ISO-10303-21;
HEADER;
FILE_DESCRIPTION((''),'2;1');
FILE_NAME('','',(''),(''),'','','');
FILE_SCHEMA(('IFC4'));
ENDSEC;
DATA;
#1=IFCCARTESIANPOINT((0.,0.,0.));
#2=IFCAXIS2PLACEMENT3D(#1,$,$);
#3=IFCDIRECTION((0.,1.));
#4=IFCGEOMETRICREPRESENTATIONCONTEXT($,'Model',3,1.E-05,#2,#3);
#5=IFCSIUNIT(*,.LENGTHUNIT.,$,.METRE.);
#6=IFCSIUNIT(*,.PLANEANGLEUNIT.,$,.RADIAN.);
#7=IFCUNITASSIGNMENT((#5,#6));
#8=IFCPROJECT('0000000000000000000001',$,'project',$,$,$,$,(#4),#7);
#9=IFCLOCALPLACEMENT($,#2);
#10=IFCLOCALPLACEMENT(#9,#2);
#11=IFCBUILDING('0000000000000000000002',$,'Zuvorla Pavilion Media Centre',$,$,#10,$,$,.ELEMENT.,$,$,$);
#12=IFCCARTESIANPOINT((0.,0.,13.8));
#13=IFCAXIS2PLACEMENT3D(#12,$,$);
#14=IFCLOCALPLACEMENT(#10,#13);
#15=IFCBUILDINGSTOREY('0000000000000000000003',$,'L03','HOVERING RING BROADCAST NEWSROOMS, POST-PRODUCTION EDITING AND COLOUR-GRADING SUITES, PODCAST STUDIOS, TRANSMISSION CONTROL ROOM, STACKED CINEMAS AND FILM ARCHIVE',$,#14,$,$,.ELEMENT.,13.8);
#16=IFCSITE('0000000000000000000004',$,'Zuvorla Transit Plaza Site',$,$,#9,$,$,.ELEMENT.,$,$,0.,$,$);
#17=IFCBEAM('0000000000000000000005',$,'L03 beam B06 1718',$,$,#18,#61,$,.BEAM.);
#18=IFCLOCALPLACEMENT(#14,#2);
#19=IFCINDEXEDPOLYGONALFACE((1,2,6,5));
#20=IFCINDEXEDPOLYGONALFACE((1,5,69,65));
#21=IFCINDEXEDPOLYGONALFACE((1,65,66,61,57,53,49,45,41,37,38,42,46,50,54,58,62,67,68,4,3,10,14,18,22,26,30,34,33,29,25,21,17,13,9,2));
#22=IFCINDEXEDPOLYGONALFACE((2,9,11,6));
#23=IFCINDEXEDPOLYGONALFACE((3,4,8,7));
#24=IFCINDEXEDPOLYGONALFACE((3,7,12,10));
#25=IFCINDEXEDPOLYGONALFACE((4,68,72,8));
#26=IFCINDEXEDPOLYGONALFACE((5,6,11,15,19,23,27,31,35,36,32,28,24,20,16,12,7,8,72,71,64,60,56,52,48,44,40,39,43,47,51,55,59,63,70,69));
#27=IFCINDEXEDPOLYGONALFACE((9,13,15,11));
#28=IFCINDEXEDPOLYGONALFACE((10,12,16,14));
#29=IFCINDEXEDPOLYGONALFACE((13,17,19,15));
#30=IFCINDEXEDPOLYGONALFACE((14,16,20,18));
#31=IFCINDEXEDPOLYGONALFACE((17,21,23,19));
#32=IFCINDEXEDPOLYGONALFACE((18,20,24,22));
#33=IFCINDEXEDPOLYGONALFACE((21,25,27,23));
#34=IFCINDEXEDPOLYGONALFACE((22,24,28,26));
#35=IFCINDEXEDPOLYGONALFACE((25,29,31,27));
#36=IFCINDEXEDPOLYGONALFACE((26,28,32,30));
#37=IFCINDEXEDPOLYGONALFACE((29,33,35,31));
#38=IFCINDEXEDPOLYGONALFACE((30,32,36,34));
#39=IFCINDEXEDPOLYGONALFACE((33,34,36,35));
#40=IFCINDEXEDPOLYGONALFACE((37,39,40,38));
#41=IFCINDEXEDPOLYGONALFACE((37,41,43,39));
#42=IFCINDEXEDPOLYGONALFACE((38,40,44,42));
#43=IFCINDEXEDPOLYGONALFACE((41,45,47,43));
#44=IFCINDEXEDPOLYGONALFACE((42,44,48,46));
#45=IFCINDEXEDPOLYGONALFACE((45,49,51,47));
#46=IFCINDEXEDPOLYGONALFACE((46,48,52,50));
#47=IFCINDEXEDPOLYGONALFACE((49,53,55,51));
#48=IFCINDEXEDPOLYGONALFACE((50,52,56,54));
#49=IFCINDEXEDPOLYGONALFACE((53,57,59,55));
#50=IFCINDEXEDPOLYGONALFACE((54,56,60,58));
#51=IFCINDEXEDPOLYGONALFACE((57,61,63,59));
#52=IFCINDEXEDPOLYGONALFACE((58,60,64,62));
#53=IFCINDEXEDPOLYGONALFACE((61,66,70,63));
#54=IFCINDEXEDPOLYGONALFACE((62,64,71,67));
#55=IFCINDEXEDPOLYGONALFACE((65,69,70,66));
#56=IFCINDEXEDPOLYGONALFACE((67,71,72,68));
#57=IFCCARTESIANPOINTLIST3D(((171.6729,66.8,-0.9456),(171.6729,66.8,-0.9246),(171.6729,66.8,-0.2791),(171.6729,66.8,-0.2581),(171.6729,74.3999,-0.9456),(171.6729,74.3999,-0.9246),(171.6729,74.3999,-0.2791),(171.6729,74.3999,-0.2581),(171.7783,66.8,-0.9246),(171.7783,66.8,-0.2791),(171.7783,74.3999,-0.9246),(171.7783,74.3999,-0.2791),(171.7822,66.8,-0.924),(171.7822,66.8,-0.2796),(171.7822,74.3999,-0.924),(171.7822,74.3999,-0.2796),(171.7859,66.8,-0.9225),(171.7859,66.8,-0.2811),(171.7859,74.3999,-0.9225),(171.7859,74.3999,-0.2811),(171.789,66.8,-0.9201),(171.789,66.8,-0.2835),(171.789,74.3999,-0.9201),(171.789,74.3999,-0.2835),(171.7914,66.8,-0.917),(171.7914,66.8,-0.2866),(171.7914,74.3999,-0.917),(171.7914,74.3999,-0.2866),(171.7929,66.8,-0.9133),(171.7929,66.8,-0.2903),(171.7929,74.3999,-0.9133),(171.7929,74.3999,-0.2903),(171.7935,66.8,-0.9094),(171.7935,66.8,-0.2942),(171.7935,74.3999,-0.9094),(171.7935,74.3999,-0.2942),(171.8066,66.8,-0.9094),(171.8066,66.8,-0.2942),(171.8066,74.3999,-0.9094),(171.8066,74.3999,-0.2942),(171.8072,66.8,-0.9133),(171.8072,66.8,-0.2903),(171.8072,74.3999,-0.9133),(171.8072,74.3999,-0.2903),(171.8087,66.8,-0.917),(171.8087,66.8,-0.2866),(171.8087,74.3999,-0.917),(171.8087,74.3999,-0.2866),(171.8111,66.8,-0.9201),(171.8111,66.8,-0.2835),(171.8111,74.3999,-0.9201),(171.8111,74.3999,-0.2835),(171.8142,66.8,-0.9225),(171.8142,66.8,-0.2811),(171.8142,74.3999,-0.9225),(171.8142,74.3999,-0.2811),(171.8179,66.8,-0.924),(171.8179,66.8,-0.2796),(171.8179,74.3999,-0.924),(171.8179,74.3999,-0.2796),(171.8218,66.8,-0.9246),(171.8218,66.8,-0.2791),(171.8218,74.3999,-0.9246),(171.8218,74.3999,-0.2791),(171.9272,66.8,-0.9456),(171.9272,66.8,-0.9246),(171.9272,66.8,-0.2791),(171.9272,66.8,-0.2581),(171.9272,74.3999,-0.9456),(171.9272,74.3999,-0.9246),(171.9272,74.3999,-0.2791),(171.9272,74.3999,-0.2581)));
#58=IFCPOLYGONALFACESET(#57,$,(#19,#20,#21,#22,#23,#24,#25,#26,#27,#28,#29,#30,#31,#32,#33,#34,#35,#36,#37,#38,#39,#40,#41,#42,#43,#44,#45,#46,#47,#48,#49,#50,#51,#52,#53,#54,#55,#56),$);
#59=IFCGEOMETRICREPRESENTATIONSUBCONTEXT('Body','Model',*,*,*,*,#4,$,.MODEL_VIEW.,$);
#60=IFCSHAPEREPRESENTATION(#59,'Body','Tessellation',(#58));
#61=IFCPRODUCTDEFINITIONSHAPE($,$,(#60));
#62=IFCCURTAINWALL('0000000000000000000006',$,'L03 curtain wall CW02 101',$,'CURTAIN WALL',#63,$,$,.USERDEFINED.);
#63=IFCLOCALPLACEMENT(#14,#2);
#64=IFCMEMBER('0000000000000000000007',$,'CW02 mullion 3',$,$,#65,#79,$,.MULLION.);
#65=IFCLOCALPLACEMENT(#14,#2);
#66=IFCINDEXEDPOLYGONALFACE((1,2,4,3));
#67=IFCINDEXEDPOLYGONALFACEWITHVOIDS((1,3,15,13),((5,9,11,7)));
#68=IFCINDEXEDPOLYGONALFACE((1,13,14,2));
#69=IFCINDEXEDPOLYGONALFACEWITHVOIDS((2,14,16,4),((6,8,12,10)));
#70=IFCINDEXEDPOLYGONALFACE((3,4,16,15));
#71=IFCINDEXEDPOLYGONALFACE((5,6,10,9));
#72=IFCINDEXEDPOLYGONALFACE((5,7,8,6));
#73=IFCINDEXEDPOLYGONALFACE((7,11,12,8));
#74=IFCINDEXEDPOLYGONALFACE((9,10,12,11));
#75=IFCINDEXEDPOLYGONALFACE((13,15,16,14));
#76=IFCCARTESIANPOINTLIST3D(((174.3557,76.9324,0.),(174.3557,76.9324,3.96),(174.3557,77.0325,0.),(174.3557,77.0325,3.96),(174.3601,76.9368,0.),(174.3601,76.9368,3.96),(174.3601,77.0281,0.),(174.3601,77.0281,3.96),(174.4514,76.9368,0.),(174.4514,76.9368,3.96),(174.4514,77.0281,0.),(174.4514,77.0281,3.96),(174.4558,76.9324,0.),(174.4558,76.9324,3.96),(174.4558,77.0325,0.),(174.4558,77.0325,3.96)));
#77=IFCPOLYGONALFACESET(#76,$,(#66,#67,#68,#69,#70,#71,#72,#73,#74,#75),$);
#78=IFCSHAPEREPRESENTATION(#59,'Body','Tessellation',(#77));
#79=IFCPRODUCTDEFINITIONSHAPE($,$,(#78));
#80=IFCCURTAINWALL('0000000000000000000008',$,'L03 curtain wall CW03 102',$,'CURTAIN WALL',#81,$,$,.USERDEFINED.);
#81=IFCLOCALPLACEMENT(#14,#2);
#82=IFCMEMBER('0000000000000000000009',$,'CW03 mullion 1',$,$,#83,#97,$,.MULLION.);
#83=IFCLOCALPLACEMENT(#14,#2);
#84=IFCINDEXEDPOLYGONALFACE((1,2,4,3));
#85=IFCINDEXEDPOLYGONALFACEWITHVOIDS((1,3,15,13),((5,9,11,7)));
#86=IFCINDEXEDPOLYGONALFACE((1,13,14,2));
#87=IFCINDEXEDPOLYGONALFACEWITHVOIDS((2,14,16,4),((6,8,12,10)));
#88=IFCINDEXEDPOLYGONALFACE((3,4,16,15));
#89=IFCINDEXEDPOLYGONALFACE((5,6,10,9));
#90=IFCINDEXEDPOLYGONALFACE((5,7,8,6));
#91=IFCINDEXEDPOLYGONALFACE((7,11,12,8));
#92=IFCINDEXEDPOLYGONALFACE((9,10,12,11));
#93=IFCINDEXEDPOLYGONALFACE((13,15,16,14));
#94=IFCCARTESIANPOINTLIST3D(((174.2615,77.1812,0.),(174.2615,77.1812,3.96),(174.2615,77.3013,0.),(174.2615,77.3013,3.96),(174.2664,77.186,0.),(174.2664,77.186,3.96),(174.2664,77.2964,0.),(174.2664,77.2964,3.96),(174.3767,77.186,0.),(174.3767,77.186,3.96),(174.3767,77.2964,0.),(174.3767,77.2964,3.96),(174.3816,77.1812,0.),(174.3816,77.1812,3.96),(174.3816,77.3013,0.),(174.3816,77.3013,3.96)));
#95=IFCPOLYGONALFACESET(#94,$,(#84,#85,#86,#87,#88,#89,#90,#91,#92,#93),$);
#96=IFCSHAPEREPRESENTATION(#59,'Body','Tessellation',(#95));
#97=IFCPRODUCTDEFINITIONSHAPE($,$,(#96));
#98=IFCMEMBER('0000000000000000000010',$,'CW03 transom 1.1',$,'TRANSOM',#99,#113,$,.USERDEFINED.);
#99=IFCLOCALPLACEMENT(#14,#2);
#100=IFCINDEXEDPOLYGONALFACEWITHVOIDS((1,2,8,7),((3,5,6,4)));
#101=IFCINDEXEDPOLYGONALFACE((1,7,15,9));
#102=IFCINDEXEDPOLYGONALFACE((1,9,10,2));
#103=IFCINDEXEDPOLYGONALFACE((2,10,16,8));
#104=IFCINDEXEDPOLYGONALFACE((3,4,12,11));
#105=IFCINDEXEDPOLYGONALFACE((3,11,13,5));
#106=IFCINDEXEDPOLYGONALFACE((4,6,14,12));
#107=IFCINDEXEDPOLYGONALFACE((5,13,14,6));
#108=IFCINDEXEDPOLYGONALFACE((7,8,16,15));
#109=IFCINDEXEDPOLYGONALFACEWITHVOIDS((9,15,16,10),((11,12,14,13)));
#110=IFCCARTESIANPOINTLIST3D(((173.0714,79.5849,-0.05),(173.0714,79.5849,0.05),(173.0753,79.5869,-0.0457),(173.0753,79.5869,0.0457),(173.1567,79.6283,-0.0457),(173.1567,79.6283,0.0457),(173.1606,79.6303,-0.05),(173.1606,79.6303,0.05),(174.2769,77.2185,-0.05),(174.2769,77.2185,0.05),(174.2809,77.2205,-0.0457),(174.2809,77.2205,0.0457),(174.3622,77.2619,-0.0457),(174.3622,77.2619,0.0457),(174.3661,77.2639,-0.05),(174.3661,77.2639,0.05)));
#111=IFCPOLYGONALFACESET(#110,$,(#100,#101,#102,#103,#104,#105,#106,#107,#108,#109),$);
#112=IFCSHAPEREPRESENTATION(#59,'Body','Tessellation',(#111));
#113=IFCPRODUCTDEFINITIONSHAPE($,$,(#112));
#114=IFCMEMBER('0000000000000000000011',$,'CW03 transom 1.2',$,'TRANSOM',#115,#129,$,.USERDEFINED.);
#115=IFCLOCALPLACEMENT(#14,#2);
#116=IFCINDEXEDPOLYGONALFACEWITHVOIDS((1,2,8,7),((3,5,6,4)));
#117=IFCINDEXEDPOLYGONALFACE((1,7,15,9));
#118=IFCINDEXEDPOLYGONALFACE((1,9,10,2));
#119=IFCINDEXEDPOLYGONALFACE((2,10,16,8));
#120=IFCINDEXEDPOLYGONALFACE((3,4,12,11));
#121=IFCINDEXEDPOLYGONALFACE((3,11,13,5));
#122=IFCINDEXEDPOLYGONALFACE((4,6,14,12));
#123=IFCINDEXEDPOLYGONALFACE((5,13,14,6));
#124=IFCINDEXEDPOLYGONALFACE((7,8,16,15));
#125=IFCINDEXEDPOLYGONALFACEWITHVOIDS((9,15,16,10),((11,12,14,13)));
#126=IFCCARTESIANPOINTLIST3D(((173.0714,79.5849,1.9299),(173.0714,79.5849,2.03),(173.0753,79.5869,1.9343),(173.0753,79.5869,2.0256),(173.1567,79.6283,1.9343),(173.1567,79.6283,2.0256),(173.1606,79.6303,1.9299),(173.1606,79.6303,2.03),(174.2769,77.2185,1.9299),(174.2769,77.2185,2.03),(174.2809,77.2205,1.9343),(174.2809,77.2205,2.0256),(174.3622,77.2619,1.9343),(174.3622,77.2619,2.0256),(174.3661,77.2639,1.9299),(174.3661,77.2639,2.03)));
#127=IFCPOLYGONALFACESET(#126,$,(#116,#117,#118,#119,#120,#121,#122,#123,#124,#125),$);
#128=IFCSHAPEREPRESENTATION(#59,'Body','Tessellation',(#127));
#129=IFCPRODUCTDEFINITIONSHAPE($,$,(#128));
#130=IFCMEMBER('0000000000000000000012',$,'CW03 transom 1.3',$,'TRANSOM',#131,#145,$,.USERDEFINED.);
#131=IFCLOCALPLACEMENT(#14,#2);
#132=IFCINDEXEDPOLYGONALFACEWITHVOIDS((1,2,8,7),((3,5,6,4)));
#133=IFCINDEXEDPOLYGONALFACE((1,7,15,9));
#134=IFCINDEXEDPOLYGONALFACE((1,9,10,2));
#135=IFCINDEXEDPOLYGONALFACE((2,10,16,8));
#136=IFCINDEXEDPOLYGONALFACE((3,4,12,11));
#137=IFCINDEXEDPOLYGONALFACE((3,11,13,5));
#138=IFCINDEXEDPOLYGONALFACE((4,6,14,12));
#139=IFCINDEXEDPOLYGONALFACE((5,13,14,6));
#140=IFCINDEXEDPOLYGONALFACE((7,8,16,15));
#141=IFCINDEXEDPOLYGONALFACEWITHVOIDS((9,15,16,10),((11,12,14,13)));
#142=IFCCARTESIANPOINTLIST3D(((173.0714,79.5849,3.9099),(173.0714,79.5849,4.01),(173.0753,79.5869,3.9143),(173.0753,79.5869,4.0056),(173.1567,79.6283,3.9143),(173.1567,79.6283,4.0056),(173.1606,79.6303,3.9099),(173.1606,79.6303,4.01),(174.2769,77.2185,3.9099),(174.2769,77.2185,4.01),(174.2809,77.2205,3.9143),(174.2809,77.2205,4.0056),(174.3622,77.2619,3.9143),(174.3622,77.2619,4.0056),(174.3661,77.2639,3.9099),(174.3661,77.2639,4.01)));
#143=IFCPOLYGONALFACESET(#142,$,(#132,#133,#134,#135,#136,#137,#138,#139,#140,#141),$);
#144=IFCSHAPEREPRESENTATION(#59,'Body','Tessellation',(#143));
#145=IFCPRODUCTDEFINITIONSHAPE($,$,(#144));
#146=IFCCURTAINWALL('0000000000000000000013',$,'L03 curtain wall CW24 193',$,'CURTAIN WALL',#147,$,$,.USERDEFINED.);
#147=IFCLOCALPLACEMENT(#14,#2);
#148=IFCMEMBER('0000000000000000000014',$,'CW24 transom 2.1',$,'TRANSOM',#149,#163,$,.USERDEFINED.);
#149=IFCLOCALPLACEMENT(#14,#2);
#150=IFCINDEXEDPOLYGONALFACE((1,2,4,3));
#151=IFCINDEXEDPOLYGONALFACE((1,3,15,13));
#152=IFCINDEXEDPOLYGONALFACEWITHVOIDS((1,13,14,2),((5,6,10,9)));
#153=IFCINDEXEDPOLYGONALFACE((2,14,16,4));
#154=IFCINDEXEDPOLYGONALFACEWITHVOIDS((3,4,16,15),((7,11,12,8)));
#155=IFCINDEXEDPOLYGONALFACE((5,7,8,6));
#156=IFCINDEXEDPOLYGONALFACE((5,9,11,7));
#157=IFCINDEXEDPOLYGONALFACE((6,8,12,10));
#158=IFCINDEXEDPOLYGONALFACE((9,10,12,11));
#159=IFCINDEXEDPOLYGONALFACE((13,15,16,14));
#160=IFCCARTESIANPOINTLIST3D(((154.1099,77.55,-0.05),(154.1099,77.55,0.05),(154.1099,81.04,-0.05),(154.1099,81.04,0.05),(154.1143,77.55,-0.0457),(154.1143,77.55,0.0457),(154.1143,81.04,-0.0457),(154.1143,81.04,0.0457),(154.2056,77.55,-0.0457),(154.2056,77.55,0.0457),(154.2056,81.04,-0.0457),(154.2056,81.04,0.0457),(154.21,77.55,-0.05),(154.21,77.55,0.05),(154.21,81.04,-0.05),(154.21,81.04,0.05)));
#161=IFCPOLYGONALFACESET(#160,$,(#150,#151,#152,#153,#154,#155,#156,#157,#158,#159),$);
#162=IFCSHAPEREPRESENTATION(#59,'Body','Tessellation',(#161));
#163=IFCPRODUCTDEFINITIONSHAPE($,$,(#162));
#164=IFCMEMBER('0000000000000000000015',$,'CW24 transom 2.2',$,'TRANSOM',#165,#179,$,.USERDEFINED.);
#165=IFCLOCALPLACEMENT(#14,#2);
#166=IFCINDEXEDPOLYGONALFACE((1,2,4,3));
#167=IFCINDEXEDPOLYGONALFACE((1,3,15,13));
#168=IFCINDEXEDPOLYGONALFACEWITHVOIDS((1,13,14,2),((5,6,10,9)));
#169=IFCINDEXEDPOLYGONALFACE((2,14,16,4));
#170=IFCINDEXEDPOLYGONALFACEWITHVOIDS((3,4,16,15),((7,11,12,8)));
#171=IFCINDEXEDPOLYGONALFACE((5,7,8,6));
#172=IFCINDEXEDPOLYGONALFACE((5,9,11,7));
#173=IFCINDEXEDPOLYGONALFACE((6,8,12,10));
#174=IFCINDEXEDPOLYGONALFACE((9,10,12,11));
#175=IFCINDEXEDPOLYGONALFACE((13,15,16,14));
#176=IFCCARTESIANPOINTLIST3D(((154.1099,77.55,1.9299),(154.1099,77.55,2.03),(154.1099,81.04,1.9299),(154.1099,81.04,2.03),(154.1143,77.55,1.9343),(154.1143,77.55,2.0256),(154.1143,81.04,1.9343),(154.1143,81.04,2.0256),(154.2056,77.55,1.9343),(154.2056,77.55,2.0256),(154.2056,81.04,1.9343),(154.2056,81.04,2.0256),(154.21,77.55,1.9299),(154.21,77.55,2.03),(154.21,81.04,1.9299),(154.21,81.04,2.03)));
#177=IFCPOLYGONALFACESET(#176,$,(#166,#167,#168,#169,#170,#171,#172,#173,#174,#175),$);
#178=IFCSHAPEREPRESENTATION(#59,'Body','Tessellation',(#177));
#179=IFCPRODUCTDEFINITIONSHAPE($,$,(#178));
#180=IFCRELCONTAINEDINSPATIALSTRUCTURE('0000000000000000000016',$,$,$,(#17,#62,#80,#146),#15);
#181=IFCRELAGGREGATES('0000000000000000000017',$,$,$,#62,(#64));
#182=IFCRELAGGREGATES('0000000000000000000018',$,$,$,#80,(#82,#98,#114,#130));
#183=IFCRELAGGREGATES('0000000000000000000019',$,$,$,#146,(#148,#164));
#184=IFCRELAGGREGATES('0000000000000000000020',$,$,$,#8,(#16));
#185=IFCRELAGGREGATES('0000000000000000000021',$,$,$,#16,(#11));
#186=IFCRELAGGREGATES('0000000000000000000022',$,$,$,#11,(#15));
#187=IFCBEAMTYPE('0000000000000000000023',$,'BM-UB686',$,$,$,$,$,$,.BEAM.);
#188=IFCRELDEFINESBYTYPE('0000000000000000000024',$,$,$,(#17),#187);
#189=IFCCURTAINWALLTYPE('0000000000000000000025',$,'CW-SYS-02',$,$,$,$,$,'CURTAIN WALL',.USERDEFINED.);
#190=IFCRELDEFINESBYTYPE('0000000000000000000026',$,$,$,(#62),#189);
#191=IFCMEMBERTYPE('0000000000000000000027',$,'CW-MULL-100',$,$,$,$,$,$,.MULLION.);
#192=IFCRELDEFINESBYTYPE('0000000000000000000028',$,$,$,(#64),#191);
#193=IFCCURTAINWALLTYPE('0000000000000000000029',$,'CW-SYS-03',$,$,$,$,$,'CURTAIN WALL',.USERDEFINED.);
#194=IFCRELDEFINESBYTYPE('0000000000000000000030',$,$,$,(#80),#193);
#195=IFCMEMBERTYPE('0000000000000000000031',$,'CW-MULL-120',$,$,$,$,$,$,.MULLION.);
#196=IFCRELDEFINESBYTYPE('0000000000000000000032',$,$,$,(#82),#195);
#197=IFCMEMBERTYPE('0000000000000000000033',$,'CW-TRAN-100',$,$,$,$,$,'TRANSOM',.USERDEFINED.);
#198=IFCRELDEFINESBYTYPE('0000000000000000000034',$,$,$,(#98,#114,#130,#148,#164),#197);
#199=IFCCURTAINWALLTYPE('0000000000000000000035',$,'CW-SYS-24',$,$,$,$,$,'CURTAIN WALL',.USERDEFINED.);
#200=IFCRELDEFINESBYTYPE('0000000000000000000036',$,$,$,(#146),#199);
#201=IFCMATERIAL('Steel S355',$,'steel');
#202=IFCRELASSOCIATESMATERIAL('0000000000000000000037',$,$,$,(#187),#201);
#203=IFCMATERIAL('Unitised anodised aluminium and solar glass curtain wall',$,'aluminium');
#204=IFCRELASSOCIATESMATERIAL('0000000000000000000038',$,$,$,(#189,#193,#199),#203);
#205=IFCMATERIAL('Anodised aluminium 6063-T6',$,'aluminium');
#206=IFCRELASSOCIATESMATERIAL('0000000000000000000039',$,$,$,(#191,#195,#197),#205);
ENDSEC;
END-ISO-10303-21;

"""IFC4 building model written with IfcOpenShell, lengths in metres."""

from ifc_helpers import new_model, si_unit, direction, frame, origin, origin_2d, place, context, subcontext, project, spatial, hollow_rectangle, i_section, extrude, material, material_profile, profile_set, type_object, element, aggregate, save


model = new_model("IFC4")

# Units and contexts
model_context = context("Model", 3, precision=1e-05, world=origin(), true_north=direction((0.0, 1.0)))
body_context = subcontext(model_context, "Body", "Model", "MODEL_VIEW")
ifc_project = project(units=[si_unit("LENGTHUNIT", "METRE"), si_unit("PLANEANGLEUNIT", "RADIAN")], contexts=[model_context])

# Site, building, storey
site_placement = place(None, origin())
site = spatial("IfcSite", under=ifc_project, at=site_placement, Name="Zuvorla Transit Plaza Site", CompositionType="ELEMENT", RefElevation=0.0)
building_placement = place(site_placement, origin())
building = spatial("IfcBuilding", under=site, at=building_placement, Name="Zuvorla Pavilion Media Centre", CompositionType="ELEMENT")
storey_placement = place(building_placement, frame((0.0, 0.0, 13.8)))
storey = spatial("IfcBuildingStorey", under=building, at=storey_placement, Name="L03", Description="HOVERING RING BROADCAST NEWSROOMS, POST-PRODUCTION EDITING AND COLOUR-GRADING SUITES, PODCAST STUDIOS, TRANSMISSION CONTROL ROOM, STACKED CINEMAS AND FILM ARCHIVE", CompositionType="ELEMENT", Elevation=13.8)

# Shared definitions
ifc_material_1 = material(Name="Steel S355", Category="steel")

# Beam
ifc_material_profile_1 = material_profile(ifc_material_1, i_section(OverallWidth=0.2544, OverallDepth=0.6875, WebThickness=0.0132, FlangeThickness=0.021, FilletRadius=0.0151, at=origin_2d()), Name="UB 686x254x152")
ifc_profile_set_1 = profile_set([ifc_material_profile_1], Name="Steel S355")
beam_type_1 = type_object("IfcBeamType", Name="BM-UB686", PredefinedType="BEAM", material=ifc_profile_set_1)
beam_1_placement = place(storey_placement, frame((171.8, 66.8, -0.6018), z_axis=(0.0, 1.0, 0.0), x_axis=(-1.0, 0.0, 0.0)))
element("IfcBeam", 1, at=beam_1_placement, inside=storey, type_object=beam_type_1, Name="L03 beam B06 1718", PredefinedType="BEAM", context=body_context, shape_type="SweptSolid", body=[
    extrude(i_section(OverallWidth=0.2544, OverallDepth=0.6875, WebThickness=0.0132, FlangeThickness=0.021, FilletRadius=0.0151, at=origin_2d()), origin(), (0.0, 0.0, 1.0), 7.5999),
])

# Curtain wall, member
ifc_material_2 = material(Name="Unitised anodised aluminium and solar glass curtain wall", Category="aluminium")
curtain_wall_type_1 = type_object("IfcCurtainWallType", Name="CW-SYS-02", ElementType="CURTAIN WALL", PredefinedType="USERDEFINED", material=ifc_material_2)
curtain_wall_1_placement = place(storey_placement, origin())
curtain_wall_1 = element("IfcCurtainWall", 2, at=curtain_wall_1_placement, inside=storey, type_object=curtain_wall_type_1, Name="L03 curtain wall CW02 101", ObjectType="CURTAIN WALL", PredefinedType="USERDEFINED")
ifc_material_3 = material(Name="Anodised aluminium 6063-T6", Category="aluminium")
ifc_material_profile_2 = material_profile(ifc_material_3, hollow_rectangle(XDim=0.1001, YDim=0.1001, WallThickness=0.0044, at=origin_2d()), Name="ALU MULL 100x100")
ifc_profile_set_2 = profile_set([ifc_material_profile_2], Name="Anodised aluminium 6063-T6")
member_type_1 = type_object("IfcMemberType", Name="CW-MULL-100", PredefinedType="MULLION", material=ifc_profile_set_2)
member_1_placement = place(storey_placement, frame((174.4058, 76.9824, 0.0), z_axis=(0.0, 0.0, 1.0), x_axis=(1.0, 0.0, 0.0)))
member_1 = element("IfcMember", 3, at=member_1_placement, type_object=member_type_1, Name="CW02 mullion 3", PredefinedType="MULLION", context=body_context, shape_type="SweptSolid", body=[
    extrude(hollow_rectangle(XDim=0.1001, YDim=0.1001, WallThickness=0.0044, at=origin_2d()), origin(), (0.0, 0.0, 1.0), 3.96),
])
aggregate(curtain_wall_1, [member_1])

# Curtain walls, members
curtain_wall_type_2 = type_object("IfcCurtainWallType", Name="CW-SYS-03", ElementType="CURTAIN WALL", PredefinedType="USERDEFINED", material=ifc_material_2)
curtain_wall_2_placement = place(storey_placement, origin())
curtain_wall_2 = element("IfcCurtainWall", 4, at=curtain_wall_2_placement, inside=storey, type_object=curtain_wall_type_2, Name="L03 curtain wall CW03 102", ObjectType="CURTAIN WALL", PredefinedType="USERDEFINED")
ifc_material_profile_3 = material_profile(ifc_material_3, hollow_rectangle(XDim=0.1201, YDim=0.1201, WallThickness=0.0049, at=origin_2d()), Name="ALU MULL 120x120")
ifc_profile_set_3 = profile_set([ifc_material_profile_3], Name="Anodised aluminium 6063-T6")
member_type_2 = type_object("IfcMemberType", Name="CW-MULL-120", PredefinedType="MULLION", material=ifc_profile_set_3)
member_2_placement = place(storey_placement, frame((174.3215, 77.2412, 0.0), z_axis=(0.0, 0.0, 1.0), x_axis=(1.0, 0.0, 0.0)))
member_2 = element("IfcMember", 5, at=member_2_placement, type_object=member_type_2, Name="CW03 mullion 1", PredefinedType="MULLION", context=body_context, shape_type="SweptSolid", body=[
    extrude(hollow_rectangle(XDim=0.1201, YDim=0.1201, WallThickness=0.0049, at=origin_2d()), origin(), (0.0, 0.0, 1.0), 3.96),
])
ifc_material_profile_4 = material_profile(ifc_material_3, hollow_rectangle(XDim=0.1001, YDim=0.1001, WallThickness=0.0044, at=origin_2d()), Name="ALU TRAN 100x100")
ifc_profile_set_4 = profile_set([ifc_material_profile_4], Name="Anodised aluminium 6063-T6")
member_type_3 = type_object("IfcMemberType", Name="CW-TRAN-100", ElementType="TRANSOM", PredefinedType="USERDEFINED", material=ifc_profile_set_4)
member_3_placement = place(storey_placement, frame((174.3215, 77.2412, 0.0), z_axis=(-0.45393, 0.891037, 0.0), x_axis=(-0.891037, -0.45393, 0.0)))
member_3 = element("IfcMember", 6, at=member_3_placement, type_object=member_type_3, Name="CW03 transom 1.1", ObjectType="TRANSOM", PredefinedType="USERDEFINED", context=body_context, shape_type="SweptSolid", body=[
    extrude(hollow_rectangle(XDim=0.1001, YDim=0.1001, WallThickness=0.0044, at=origin_2d()), origin(), (0.0, 0.0, 1.0), 2.6558),
])
member_4_placement = place(storey_placement, frame((174.3215, 77.2412, 1.98), z_axis=(-0.45393, 0.891037, 0.0), x_axis=(-0.891037, -0.45393, 0.0)))
member_4 = element("IfcMember", 7, at=member_4_placement, type_object=member_type_3, Name="CW03 transom 1.2", ObjectType="TRANSOM", PredefinedType="USERDEFINED", context=body_context, shape_type="SweptSolid", body=[
    extrude(hollow_rectangle(XDim=0.1001, YDim=0.1001, WallThickness=0.0044, at=origin_2d()), origin(), (0.0, 0.0, 1.0), 2.6558),
])
member_5_placement = place(storey_placement, frame((174.3215, 77.2412, 3.96), z_axis=(-0.45393, 0.891037, 0.0), x_axis=(-0.891037, -0.45393, 0.0)))
member_5 = element("IfcMember", 8, at=member_5_placement, type_object=member_type_3, Name="CW03 transom 1.3", ObjectType="TRANSOM", PredefinedType="USERDEFINED", context=body_context, shape_type="SweptSolid", body=[
    extrude(hollow_rectangle(XDim=0.1001, YDim=0.1001, WallThickness=0.0044, at=origin_2d()), origin(), (0.0, 0.0, 1.0), 2.6558),
])
aggregate(curtain_wall_2, [member_2, member_3, member_4, member_5])
curtain_wall_type_3 = type_object("IfcCurtainWallType", Name="CW-SYS-24", ElementType="CURTAIN WALL", PredefinedType="USERDEFINED", material=ifc_material_2)
curtain_wall_3_placement = place(storey_placement, origin())
curtain_wall_3 = element("IfcCurtainWall", 9, at=curtain_wall_3_placement, inside=storey, type_object=curtain_wall_type_3, Name="L03 curtain wall CW24 193", ObjectType="CURTAIN WALL", PredefinedType="USERDEFINED")
member_6_placement = place(storey_placement, frame((154.1599, 77.55, 0.0), z_axis=(0.0, 1.0, 0.0), x_axis=(-1.0, 0.0, 0.0)))
member_6 = element("IfcMember", 10, at=member_6_placement, type_object=member_type_3, Name="CW24 transom 2.1", ObjectType="TRANSOM", PredefinedType="USERDEFINED", context=body_context, shape_type="SweptSolid", body=[
    extrude(hollow_rectangle(XDim=0.1001, YDim=0.1001, WallThickness=0.0044, at=origin_2d()), origin(), (0.0, 0.0, 1.0), 3.49),
])
member_7_placement = place(storey_placement, frame((154.1599, 77.55, 1.98), z_axis=(0.0, 1.0, 0.0), x_axis=(-1.0, 0.0, 0.0)))
member_7 = element("IfcMember", 11, at=member_7_placement, type_object=member_type_3, Name="CW24 transom 2.2", ObjectType="TRANSOM", PredefinedType="USERDEFINED", context=body_context, shape_type="SweptSolid", body=[
    extrude(hollow_rectangle(XDim=0.1001, YDim=0.1001, WallThickness=0.0044, at=origin_2d()), origin(), (0.0, 0.0, 1.0), 3.49),
])
aggregate(curtain_wall_3, [member_6, member_7])

save(model, "model.ifc")
